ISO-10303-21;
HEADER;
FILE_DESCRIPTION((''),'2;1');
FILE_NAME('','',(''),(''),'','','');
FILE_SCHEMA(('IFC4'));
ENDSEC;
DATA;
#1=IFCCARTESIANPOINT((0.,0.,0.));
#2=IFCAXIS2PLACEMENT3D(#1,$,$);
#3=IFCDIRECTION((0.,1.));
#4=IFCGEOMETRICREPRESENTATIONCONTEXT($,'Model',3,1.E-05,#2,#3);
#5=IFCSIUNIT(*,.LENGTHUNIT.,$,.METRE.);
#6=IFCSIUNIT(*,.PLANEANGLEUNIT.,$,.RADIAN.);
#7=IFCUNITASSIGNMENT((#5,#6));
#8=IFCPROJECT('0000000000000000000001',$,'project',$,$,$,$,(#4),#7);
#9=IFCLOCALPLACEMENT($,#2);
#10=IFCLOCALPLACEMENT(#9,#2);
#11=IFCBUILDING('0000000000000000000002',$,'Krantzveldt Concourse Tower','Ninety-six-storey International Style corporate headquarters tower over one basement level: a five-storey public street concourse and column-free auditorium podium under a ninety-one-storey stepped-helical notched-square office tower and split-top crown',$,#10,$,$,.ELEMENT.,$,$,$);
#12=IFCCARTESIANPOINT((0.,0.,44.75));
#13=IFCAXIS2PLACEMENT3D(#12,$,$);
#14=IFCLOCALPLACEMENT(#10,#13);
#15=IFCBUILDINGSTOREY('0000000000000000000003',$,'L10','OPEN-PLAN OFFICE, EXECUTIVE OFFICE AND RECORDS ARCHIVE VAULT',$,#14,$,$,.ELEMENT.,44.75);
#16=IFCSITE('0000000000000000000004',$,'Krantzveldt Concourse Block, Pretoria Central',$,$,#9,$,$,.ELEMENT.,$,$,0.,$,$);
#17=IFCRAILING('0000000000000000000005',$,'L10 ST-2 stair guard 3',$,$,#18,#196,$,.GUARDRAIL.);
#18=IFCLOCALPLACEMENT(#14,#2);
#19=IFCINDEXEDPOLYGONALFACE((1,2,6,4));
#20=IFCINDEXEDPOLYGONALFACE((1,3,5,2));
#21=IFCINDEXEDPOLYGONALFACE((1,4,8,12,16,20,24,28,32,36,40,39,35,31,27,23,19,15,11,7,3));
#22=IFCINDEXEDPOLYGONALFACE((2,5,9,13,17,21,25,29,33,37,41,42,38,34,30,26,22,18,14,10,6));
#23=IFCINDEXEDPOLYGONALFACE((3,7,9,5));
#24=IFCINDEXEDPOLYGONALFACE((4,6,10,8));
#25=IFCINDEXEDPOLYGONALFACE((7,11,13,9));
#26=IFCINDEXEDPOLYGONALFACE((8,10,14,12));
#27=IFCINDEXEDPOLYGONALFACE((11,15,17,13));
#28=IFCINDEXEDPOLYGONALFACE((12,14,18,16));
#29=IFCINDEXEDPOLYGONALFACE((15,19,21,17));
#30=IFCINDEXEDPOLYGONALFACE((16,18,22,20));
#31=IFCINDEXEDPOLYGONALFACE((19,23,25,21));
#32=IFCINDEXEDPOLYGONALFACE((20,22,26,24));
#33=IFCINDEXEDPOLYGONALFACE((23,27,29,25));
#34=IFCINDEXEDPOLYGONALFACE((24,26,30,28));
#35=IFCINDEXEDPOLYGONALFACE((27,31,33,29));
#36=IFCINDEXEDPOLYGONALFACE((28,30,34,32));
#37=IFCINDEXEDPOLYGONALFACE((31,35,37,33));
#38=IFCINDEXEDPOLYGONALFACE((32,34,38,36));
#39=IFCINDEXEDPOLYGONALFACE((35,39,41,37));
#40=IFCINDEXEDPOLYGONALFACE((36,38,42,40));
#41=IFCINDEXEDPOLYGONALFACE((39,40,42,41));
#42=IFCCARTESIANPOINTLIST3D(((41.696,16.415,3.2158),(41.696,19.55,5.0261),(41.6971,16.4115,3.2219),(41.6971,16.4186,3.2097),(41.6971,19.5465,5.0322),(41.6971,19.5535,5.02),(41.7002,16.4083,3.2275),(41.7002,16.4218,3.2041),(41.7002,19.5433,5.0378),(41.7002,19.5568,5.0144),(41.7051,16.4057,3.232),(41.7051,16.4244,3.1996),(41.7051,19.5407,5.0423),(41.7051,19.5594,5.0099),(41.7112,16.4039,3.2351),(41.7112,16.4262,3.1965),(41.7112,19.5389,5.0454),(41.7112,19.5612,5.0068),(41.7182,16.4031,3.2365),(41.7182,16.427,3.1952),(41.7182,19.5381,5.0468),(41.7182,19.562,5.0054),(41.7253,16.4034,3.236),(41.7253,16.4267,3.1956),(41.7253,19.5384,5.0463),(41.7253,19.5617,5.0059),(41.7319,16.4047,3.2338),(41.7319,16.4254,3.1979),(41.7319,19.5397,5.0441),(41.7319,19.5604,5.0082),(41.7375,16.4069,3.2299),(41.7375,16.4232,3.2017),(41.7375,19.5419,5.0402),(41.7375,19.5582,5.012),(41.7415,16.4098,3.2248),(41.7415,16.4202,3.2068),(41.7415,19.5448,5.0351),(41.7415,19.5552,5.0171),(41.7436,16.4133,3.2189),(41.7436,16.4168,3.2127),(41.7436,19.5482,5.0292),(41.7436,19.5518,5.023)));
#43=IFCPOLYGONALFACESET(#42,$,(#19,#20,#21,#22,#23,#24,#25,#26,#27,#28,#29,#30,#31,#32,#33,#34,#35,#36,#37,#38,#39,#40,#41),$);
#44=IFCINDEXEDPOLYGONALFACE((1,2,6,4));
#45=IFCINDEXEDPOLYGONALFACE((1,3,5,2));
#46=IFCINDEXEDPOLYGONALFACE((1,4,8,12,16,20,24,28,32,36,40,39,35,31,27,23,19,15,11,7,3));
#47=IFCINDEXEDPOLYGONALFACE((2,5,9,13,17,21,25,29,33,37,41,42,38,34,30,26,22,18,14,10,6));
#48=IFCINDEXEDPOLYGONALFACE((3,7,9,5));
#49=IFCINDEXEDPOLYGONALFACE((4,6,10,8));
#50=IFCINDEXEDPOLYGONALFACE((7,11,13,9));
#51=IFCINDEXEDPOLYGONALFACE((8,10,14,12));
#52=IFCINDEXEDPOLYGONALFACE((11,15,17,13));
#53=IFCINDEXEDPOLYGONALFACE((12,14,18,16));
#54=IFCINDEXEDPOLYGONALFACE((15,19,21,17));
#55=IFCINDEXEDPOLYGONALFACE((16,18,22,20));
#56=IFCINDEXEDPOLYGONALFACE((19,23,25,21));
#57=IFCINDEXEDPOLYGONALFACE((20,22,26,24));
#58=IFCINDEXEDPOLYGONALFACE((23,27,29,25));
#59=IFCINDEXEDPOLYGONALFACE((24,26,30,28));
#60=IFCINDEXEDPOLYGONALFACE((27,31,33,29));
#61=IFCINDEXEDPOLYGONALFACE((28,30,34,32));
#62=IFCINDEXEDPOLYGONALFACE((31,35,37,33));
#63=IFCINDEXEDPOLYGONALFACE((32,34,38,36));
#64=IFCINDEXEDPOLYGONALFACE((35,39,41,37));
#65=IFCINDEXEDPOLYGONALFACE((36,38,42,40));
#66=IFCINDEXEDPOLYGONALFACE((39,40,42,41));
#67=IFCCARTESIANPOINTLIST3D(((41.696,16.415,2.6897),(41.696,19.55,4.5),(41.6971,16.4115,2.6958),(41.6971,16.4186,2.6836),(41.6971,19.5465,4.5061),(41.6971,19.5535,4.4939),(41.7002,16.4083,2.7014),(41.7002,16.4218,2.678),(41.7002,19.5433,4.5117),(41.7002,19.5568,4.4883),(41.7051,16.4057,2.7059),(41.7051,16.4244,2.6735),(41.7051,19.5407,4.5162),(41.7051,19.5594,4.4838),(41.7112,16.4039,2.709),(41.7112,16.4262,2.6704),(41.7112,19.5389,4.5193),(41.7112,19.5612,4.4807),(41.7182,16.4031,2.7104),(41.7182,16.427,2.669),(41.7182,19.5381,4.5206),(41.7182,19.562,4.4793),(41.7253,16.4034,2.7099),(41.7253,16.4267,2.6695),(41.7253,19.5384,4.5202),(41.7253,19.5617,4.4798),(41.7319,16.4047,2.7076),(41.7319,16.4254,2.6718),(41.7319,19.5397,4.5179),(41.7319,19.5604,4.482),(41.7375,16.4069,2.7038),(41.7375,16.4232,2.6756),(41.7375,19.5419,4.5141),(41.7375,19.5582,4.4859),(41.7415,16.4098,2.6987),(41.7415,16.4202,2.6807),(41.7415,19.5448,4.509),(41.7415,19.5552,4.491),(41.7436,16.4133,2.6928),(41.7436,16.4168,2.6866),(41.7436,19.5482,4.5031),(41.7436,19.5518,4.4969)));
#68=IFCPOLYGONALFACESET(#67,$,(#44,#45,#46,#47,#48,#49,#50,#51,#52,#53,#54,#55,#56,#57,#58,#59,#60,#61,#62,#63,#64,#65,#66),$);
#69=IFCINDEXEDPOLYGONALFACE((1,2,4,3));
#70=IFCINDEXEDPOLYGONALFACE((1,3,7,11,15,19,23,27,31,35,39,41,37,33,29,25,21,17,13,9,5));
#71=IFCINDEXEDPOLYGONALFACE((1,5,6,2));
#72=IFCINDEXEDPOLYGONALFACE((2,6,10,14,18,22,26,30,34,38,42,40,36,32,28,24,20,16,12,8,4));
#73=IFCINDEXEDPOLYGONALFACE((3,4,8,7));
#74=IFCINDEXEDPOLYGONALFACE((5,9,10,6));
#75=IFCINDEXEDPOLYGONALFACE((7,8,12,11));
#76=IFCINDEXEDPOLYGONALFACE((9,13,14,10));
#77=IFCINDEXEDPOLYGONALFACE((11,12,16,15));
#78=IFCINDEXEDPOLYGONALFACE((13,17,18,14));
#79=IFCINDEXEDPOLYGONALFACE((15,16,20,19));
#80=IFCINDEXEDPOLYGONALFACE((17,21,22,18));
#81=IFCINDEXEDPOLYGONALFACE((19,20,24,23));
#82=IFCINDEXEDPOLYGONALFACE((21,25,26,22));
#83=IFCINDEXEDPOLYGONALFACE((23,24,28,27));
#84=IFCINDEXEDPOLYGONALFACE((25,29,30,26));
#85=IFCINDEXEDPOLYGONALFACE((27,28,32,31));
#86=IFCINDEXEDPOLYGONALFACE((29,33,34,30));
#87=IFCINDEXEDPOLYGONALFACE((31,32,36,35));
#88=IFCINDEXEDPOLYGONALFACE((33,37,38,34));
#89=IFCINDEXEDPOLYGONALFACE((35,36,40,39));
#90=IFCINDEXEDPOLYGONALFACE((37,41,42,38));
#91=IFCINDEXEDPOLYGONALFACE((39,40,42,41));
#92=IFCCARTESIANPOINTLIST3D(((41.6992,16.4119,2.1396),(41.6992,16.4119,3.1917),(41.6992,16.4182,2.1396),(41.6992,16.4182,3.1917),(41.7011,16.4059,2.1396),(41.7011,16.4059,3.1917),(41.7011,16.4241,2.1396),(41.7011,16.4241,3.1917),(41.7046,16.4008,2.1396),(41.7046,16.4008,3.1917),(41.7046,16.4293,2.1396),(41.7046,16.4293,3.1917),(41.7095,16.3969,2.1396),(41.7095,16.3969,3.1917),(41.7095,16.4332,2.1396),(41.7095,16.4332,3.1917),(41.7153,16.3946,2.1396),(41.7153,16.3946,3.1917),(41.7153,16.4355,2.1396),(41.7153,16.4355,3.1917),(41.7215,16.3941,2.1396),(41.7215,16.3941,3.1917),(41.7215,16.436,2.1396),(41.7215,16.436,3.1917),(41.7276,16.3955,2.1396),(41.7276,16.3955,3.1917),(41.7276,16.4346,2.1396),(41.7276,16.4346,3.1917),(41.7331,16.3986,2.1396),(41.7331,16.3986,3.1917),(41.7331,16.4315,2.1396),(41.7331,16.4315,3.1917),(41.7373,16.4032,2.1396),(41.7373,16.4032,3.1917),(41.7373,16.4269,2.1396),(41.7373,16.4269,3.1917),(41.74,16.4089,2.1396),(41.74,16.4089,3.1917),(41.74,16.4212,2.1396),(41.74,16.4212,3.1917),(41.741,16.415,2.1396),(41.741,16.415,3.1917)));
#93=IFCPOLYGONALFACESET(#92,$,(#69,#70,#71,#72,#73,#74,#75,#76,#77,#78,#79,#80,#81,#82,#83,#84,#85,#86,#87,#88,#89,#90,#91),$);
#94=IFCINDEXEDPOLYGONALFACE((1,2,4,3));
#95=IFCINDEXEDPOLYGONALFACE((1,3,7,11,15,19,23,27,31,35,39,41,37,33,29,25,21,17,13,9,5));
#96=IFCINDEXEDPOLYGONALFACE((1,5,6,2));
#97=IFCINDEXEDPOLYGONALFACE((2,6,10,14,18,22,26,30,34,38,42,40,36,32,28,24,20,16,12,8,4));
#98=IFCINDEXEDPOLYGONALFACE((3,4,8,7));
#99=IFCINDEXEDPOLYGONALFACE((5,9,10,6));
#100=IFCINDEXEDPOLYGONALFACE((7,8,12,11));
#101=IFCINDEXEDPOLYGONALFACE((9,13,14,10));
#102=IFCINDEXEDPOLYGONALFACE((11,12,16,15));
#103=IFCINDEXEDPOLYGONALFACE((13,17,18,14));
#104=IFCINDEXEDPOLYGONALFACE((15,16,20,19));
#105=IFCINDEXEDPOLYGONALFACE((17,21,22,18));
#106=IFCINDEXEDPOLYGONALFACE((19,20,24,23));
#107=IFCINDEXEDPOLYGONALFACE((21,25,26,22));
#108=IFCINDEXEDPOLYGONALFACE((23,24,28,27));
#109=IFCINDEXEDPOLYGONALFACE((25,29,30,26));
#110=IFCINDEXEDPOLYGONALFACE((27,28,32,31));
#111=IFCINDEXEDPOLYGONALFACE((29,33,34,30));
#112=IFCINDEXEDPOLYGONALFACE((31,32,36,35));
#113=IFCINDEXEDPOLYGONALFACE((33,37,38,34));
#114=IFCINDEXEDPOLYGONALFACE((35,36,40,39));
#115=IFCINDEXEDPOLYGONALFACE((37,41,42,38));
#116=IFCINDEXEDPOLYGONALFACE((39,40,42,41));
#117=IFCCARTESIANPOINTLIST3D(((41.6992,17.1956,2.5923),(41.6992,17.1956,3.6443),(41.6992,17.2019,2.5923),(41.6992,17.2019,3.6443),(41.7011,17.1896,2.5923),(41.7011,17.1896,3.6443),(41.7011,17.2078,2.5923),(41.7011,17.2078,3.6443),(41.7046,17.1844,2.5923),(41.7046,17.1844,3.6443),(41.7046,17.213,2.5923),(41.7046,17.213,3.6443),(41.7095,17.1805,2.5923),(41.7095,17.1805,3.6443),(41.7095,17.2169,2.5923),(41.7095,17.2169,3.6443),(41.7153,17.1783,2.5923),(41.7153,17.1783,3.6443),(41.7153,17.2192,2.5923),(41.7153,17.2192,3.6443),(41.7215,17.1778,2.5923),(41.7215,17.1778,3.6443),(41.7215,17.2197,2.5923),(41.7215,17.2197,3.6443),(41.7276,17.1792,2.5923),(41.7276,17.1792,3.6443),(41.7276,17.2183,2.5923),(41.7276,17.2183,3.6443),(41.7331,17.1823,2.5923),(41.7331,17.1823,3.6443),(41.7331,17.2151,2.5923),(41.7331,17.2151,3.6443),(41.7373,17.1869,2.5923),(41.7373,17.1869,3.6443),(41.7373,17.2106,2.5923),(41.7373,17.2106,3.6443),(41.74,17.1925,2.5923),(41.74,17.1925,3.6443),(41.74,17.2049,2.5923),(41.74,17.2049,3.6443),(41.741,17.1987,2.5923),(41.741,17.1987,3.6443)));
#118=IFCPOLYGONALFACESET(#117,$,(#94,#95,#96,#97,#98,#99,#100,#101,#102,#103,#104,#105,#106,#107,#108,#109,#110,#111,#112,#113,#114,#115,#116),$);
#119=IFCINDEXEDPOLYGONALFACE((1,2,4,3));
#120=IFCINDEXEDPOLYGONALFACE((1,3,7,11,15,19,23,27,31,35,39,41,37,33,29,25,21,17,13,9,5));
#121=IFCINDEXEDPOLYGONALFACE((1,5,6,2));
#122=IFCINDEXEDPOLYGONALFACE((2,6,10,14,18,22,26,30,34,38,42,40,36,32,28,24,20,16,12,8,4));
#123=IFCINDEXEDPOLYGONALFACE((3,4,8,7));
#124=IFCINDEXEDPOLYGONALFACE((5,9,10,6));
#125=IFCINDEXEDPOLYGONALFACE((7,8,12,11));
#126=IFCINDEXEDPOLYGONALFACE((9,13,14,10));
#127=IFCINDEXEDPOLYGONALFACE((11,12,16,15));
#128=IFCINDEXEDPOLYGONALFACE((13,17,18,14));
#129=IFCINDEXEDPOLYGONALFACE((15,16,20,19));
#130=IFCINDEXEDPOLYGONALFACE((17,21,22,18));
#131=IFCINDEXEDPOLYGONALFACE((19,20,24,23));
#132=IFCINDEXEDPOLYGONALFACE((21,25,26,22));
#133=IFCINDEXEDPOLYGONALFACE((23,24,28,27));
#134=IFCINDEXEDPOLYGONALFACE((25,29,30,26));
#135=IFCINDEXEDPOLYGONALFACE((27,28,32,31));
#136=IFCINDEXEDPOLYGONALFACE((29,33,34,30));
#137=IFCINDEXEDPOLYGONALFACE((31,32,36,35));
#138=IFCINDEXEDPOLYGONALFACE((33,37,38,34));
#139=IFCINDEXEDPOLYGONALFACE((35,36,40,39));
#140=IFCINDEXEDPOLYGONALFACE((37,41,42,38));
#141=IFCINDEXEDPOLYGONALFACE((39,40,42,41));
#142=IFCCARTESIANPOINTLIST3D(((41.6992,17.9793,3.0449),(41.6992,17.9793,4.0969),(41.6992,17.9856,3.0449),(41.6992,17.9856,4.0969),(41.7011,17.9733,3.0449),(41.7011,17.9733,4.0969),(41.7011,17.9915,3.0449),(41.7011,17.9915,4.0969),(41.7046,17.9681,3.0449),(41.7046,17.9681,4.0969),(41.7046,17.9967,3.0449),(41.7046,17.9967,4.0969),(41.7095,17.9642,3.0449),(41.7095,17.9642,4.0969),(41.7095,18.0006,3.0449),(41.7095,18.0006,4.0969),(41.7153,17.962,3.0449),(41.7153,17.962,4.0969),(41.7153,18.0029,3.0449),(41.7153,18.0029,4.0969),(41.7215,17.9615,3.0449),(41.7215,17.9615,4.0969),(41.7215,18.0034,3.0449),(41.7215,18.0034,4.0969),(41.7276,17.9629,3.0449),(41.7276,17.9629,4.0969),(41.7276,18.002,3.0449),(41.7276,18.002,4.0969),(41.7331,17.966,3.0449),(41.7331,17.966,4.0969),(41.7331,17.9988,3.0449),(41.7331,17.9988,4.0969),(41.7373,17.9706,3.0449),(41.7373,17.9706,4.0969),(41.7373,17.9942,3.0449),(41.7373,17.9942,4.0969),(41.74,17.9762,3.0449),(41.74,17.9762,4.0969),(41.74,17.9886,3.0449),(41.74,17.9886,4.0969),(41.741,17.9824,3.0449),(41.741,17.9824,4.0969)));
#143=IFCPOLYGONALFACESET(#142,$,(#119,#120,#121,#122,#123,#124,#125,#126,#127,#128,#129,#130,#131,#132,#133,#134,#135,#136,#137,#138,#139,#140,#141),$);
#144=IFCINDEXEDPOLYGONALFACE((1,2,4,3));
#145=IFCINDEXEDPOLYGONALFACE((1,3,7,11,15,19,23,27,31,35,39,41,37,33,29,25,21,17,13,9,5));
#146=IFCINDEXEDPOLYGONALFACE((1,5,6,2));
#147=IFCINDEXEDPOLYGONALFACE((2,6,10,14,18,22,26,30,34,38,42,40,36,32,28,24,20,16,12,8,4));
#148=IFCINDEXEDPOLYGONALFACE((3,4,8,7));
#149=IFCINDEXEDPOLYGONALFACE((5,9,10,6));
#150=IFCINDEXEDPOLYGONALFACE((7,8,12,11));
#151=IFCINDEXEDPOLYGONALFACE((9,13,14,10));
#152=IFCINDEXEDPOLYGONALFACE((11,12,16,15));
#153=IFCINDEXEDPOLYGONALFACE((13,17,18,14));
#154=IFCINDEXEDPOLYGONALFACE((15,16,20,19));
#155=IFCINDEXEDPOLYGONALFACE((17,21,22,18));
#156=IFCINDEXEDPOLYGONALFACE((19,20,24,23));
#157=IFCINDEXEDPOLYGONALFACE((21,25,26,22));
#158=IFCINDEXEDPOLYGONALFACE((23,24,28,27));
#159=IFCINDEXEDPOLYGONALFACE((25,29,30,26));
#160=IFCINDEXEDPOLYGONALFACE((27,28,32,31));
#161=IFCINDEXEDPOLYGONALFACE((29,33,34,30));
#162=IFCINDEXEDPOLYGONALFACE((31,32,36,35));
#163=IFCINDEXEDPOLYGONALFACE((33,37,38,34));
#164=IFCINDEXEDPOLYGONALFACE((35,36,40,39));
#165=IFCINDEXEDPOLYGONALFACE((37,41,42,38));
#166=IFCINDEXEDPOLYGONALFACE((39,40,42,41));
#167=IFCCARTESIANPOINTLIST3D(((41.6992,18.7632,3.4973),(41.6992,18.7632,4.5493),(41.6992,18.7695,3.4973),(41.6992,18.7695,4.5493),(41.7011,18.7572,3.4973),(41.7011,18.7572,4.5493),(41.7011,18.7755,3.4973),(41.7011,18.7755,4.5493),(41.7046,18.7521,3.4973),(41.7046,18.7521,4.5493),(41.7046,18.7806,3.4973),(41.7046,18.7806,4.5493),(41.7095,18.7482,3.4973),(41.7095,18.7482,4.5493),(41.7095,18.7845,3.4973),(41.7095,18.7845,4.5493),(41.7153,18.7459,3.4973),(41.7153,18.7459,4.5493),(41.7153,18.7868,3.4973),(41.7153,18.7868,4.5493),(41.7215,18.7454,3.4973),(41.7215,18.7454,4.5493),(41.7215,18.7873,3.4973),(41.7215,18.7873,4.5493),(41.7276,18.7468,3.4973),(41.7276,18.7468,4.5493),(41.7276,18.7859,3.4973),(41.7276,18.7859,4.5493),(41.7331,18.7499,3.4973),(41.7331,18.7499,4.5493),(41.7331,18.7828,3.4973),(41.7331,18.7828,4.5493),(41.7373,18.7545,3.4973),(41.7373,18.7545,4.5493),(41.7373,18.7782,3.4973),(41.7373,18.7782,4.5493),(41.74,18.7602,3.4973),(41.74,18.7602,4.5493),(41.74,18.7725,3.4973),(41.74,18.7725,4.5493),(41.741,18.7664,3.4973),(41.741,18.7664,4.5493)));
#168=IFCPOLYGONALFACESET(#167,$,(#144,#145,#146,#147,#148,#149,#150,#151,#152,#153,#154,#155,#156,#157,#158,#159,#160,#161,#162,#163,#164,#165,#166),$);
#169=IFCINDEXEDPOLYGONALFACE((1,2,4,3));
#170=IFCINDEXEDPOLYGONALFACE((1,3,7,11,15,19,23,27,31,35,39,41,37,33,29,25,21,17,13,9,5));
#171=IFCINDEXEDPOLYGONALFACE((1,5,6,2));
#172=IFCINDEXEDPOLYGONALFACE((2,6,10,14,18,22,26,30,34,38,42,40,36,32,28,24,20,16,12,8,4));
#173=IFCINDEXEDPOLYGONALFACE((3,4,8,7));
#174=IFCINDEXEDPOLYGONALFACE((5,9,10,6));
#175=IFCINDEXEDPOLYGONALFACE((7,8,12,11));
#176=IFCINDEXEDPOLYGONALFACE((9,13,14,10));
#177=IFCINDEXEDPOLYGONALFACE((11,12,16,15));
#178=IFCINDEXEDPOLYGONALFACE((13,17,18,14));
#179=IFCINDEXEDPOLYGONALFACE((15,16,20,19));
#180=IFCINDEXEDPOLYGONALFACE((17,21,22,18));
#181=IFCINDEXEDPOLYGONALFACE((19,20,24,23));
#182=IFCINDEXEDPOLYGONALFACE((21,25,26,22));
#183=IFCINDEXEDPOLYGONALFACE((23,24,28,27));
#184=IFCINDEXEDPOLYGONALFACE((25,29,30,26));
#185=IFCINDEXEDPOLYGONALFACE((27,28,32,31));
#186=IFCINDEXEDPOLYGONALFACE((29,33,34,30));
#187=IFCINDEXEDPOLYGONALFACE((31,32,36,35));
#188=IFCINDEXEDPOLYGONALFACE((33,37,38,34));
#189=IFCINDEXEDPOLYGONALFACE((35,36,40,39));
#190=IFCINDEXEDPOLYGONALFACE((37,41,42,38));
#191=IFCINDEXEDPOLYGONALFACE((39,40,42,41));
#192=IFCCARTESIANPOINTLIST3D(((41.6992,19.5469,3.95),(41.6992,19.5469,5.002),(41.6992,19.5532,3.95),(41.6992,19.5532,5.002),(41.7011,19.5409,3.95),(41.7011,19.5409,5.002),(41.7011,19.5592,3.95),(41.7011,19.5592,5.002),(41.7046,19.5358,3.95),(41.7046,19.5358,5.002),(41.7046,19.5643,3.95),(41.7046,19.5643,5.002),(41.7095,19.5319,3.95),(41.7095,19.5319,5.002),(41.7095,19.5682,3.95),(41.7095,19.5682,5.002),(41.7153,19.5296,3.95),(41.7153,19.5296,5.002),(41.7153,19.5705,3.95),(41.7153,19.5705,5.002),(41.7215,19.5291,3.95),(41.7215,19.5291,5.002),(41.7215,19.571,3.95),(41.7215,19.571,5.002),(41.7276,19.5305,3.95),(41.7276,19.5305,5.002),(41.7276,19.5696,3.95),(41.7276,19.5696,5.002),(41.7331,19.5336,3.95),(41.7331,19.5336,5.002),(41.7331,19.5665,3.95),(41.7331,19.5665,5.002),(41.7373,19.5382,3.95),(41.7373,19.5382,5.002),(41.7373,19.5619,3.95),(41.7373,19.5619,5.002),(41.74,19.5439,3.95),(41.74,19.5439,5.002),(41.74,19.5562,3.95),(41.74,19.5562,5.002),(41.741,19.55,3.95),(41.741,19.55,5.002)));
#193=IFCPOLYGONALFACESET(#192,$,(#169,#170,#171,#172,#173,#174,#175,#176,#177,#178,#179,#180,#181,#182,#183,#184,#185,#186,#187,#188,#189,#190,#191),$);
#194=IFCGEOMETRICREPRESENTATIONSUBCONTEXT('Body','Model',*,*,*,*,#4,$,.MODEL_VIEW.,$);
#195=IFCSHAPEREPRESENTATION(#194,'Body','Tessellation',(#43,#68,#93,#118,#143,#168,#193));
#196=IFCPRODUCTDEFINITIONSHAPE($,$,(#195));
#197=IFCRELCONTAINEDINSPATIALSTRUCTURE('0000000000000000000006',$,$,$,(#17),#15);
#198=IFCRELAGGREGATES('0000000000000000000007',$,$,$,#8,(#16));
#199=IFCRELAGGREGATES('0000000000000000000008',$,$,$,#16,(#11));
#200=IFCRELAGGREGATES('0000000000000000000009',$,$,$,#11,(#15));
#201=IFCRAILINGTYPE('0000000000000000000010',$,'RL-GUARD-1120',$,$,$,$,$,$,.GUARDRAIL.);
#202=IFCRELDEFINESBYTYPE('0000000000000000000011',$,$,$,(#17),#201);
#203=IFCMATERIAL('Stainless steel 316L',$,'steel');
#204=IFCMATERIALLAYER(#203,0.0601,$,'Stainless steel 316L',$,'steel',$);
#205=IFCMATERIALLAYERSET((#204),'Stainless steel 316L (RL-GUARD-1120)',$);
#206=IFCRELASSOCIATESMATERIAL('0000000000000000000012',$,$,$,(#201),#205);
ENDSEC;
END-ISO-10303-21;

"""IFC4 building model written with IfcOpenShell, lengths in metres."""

from ifc_helpers import new_model, si_unit, direction, frame, origin, origin_2d, place, context, subcontext, project, spatial, circle, extrude, material, layer, layer_set, type_object, element, save


model = new_model("IFC4")

# Units and contexts
model_context = context("Model", 3, precision=1e-05, world=origin(), true_north=direction((0.0, 1.0)))
body_context = subcontext(model_context, "Body", "Model", "MODEL_VIEW")
ifc_project = project(units=[si_unit("LENGTHUNIT", "METRE"), si_unit("PLANEANGLEUNIT", "RADIAN")], contexts=[model_context])

# Site, building, storey
site_placement = place(None, origin())
site = spatial("IfcSite", under=ifc_project, at=site_placement, Name="Krantzveldt Concourse Block, Pretoria Central", CompositionType="ELEMENT", RefElevation=0.0)
building_placement = place(site_placement, origin())
building = spatial("IfcBuilding", under=site, at=building_placement, Name="Krantzveldt Concourse Tower", Description="Ninety-six-storey International Style corporate headquarters tower over one basement level: a five-storey public street concourse and column-free auditorium podium under a ninety-one-storey stepped-helical notched-square office tower and split-top crown", CompositionType="ELEMENT")
storey_placement = place(building_placement, frame((0.0, 0.0, 44.75)))
storey = spatial("IfcBuildingStorey", under=building, at=storey_placement, Name="L10", Description="OPEN-PLAN OFFICE, EXECUTIVE OFFICE AND RECORDS ARCHIVE VAULT", CompositionType="ELEMENT", Elevation=44.75)

# Shared definitions
ifc_material_1 = material(Name="Stainless steel 316L", Category="steel")

# Railing
ifc_layer_1 = layer(ifc_material_1, 0.0601, Name="Stainless steel 316L", Category="steel")
ifc_layer_set_1 = layer_set([ifc_layer_1], Name="Stainless steel 316L (RL-GUARD-1120)")
railing_type_1 = type_object("IfcRailingType", Name="RL-GUARD-1120", PredefinedType="GUARDRAIL", material=ifc_layer_set_1)
railing_1_placement = place(storey_placement, frame((41.72, 16.415, 2.1396)))
element("IfcRailing", 1, at=railing_1_placement, inside=storey, type_object=railing_type_1, Name="L10 ST-2 stair guard 3", PredefinedType="GUARDRAIL", context=body_context, shape_type="SweptSolid", body=[
    extrude(circle(Radius=0.0239, at=origin_2d()), frame((0.0, 0.0, 1.0762), z_axis=(0.0, 0.865989, 0.500063), x_axis=(-1.0, 0.0, 0.0)), (0.0, 0.0, 1.0), 3.6201),
    extrude(circle(Radius=0.0239, at=origin_2d()), frame((0.0, 0.0, 0.55), z_axis=(0.0, 0.865989, 0.500063), x_axis=(-1.0, 0.0, 0.0)), (0.0, 0.0, 1.0), 3.6201),
    extrude(circle(Radius=0.021, at=origin_2d()), origin(), (0.0, 0.0, 1.0), 1.052),
    extrude(circle(Radius=0.021, at=origin_2d()), frame((0.0, 0.7837, 0.4526)), (0.0, 0.0, 1.0), 1.052),
    extrude(circle(Radius=0.021, at=origin_2d()), frame((0.0, 1.5674, 0.9053)), (0.0, 0.0, 1.0), 1.052),
    extrude(circle(Radius=0.021, at=origin_2d()), frame((0.0, 2.3513, 1.3577)), (0.0, 0.0, 1.0), 1.052),
    extrude(circle(Radius=0.021, at=origin_2d()), frame((0.0, 3.135, 1.8103)), (0.0, 0.0, 1.0), 1.052),
])

save(model, "model.ifc")
